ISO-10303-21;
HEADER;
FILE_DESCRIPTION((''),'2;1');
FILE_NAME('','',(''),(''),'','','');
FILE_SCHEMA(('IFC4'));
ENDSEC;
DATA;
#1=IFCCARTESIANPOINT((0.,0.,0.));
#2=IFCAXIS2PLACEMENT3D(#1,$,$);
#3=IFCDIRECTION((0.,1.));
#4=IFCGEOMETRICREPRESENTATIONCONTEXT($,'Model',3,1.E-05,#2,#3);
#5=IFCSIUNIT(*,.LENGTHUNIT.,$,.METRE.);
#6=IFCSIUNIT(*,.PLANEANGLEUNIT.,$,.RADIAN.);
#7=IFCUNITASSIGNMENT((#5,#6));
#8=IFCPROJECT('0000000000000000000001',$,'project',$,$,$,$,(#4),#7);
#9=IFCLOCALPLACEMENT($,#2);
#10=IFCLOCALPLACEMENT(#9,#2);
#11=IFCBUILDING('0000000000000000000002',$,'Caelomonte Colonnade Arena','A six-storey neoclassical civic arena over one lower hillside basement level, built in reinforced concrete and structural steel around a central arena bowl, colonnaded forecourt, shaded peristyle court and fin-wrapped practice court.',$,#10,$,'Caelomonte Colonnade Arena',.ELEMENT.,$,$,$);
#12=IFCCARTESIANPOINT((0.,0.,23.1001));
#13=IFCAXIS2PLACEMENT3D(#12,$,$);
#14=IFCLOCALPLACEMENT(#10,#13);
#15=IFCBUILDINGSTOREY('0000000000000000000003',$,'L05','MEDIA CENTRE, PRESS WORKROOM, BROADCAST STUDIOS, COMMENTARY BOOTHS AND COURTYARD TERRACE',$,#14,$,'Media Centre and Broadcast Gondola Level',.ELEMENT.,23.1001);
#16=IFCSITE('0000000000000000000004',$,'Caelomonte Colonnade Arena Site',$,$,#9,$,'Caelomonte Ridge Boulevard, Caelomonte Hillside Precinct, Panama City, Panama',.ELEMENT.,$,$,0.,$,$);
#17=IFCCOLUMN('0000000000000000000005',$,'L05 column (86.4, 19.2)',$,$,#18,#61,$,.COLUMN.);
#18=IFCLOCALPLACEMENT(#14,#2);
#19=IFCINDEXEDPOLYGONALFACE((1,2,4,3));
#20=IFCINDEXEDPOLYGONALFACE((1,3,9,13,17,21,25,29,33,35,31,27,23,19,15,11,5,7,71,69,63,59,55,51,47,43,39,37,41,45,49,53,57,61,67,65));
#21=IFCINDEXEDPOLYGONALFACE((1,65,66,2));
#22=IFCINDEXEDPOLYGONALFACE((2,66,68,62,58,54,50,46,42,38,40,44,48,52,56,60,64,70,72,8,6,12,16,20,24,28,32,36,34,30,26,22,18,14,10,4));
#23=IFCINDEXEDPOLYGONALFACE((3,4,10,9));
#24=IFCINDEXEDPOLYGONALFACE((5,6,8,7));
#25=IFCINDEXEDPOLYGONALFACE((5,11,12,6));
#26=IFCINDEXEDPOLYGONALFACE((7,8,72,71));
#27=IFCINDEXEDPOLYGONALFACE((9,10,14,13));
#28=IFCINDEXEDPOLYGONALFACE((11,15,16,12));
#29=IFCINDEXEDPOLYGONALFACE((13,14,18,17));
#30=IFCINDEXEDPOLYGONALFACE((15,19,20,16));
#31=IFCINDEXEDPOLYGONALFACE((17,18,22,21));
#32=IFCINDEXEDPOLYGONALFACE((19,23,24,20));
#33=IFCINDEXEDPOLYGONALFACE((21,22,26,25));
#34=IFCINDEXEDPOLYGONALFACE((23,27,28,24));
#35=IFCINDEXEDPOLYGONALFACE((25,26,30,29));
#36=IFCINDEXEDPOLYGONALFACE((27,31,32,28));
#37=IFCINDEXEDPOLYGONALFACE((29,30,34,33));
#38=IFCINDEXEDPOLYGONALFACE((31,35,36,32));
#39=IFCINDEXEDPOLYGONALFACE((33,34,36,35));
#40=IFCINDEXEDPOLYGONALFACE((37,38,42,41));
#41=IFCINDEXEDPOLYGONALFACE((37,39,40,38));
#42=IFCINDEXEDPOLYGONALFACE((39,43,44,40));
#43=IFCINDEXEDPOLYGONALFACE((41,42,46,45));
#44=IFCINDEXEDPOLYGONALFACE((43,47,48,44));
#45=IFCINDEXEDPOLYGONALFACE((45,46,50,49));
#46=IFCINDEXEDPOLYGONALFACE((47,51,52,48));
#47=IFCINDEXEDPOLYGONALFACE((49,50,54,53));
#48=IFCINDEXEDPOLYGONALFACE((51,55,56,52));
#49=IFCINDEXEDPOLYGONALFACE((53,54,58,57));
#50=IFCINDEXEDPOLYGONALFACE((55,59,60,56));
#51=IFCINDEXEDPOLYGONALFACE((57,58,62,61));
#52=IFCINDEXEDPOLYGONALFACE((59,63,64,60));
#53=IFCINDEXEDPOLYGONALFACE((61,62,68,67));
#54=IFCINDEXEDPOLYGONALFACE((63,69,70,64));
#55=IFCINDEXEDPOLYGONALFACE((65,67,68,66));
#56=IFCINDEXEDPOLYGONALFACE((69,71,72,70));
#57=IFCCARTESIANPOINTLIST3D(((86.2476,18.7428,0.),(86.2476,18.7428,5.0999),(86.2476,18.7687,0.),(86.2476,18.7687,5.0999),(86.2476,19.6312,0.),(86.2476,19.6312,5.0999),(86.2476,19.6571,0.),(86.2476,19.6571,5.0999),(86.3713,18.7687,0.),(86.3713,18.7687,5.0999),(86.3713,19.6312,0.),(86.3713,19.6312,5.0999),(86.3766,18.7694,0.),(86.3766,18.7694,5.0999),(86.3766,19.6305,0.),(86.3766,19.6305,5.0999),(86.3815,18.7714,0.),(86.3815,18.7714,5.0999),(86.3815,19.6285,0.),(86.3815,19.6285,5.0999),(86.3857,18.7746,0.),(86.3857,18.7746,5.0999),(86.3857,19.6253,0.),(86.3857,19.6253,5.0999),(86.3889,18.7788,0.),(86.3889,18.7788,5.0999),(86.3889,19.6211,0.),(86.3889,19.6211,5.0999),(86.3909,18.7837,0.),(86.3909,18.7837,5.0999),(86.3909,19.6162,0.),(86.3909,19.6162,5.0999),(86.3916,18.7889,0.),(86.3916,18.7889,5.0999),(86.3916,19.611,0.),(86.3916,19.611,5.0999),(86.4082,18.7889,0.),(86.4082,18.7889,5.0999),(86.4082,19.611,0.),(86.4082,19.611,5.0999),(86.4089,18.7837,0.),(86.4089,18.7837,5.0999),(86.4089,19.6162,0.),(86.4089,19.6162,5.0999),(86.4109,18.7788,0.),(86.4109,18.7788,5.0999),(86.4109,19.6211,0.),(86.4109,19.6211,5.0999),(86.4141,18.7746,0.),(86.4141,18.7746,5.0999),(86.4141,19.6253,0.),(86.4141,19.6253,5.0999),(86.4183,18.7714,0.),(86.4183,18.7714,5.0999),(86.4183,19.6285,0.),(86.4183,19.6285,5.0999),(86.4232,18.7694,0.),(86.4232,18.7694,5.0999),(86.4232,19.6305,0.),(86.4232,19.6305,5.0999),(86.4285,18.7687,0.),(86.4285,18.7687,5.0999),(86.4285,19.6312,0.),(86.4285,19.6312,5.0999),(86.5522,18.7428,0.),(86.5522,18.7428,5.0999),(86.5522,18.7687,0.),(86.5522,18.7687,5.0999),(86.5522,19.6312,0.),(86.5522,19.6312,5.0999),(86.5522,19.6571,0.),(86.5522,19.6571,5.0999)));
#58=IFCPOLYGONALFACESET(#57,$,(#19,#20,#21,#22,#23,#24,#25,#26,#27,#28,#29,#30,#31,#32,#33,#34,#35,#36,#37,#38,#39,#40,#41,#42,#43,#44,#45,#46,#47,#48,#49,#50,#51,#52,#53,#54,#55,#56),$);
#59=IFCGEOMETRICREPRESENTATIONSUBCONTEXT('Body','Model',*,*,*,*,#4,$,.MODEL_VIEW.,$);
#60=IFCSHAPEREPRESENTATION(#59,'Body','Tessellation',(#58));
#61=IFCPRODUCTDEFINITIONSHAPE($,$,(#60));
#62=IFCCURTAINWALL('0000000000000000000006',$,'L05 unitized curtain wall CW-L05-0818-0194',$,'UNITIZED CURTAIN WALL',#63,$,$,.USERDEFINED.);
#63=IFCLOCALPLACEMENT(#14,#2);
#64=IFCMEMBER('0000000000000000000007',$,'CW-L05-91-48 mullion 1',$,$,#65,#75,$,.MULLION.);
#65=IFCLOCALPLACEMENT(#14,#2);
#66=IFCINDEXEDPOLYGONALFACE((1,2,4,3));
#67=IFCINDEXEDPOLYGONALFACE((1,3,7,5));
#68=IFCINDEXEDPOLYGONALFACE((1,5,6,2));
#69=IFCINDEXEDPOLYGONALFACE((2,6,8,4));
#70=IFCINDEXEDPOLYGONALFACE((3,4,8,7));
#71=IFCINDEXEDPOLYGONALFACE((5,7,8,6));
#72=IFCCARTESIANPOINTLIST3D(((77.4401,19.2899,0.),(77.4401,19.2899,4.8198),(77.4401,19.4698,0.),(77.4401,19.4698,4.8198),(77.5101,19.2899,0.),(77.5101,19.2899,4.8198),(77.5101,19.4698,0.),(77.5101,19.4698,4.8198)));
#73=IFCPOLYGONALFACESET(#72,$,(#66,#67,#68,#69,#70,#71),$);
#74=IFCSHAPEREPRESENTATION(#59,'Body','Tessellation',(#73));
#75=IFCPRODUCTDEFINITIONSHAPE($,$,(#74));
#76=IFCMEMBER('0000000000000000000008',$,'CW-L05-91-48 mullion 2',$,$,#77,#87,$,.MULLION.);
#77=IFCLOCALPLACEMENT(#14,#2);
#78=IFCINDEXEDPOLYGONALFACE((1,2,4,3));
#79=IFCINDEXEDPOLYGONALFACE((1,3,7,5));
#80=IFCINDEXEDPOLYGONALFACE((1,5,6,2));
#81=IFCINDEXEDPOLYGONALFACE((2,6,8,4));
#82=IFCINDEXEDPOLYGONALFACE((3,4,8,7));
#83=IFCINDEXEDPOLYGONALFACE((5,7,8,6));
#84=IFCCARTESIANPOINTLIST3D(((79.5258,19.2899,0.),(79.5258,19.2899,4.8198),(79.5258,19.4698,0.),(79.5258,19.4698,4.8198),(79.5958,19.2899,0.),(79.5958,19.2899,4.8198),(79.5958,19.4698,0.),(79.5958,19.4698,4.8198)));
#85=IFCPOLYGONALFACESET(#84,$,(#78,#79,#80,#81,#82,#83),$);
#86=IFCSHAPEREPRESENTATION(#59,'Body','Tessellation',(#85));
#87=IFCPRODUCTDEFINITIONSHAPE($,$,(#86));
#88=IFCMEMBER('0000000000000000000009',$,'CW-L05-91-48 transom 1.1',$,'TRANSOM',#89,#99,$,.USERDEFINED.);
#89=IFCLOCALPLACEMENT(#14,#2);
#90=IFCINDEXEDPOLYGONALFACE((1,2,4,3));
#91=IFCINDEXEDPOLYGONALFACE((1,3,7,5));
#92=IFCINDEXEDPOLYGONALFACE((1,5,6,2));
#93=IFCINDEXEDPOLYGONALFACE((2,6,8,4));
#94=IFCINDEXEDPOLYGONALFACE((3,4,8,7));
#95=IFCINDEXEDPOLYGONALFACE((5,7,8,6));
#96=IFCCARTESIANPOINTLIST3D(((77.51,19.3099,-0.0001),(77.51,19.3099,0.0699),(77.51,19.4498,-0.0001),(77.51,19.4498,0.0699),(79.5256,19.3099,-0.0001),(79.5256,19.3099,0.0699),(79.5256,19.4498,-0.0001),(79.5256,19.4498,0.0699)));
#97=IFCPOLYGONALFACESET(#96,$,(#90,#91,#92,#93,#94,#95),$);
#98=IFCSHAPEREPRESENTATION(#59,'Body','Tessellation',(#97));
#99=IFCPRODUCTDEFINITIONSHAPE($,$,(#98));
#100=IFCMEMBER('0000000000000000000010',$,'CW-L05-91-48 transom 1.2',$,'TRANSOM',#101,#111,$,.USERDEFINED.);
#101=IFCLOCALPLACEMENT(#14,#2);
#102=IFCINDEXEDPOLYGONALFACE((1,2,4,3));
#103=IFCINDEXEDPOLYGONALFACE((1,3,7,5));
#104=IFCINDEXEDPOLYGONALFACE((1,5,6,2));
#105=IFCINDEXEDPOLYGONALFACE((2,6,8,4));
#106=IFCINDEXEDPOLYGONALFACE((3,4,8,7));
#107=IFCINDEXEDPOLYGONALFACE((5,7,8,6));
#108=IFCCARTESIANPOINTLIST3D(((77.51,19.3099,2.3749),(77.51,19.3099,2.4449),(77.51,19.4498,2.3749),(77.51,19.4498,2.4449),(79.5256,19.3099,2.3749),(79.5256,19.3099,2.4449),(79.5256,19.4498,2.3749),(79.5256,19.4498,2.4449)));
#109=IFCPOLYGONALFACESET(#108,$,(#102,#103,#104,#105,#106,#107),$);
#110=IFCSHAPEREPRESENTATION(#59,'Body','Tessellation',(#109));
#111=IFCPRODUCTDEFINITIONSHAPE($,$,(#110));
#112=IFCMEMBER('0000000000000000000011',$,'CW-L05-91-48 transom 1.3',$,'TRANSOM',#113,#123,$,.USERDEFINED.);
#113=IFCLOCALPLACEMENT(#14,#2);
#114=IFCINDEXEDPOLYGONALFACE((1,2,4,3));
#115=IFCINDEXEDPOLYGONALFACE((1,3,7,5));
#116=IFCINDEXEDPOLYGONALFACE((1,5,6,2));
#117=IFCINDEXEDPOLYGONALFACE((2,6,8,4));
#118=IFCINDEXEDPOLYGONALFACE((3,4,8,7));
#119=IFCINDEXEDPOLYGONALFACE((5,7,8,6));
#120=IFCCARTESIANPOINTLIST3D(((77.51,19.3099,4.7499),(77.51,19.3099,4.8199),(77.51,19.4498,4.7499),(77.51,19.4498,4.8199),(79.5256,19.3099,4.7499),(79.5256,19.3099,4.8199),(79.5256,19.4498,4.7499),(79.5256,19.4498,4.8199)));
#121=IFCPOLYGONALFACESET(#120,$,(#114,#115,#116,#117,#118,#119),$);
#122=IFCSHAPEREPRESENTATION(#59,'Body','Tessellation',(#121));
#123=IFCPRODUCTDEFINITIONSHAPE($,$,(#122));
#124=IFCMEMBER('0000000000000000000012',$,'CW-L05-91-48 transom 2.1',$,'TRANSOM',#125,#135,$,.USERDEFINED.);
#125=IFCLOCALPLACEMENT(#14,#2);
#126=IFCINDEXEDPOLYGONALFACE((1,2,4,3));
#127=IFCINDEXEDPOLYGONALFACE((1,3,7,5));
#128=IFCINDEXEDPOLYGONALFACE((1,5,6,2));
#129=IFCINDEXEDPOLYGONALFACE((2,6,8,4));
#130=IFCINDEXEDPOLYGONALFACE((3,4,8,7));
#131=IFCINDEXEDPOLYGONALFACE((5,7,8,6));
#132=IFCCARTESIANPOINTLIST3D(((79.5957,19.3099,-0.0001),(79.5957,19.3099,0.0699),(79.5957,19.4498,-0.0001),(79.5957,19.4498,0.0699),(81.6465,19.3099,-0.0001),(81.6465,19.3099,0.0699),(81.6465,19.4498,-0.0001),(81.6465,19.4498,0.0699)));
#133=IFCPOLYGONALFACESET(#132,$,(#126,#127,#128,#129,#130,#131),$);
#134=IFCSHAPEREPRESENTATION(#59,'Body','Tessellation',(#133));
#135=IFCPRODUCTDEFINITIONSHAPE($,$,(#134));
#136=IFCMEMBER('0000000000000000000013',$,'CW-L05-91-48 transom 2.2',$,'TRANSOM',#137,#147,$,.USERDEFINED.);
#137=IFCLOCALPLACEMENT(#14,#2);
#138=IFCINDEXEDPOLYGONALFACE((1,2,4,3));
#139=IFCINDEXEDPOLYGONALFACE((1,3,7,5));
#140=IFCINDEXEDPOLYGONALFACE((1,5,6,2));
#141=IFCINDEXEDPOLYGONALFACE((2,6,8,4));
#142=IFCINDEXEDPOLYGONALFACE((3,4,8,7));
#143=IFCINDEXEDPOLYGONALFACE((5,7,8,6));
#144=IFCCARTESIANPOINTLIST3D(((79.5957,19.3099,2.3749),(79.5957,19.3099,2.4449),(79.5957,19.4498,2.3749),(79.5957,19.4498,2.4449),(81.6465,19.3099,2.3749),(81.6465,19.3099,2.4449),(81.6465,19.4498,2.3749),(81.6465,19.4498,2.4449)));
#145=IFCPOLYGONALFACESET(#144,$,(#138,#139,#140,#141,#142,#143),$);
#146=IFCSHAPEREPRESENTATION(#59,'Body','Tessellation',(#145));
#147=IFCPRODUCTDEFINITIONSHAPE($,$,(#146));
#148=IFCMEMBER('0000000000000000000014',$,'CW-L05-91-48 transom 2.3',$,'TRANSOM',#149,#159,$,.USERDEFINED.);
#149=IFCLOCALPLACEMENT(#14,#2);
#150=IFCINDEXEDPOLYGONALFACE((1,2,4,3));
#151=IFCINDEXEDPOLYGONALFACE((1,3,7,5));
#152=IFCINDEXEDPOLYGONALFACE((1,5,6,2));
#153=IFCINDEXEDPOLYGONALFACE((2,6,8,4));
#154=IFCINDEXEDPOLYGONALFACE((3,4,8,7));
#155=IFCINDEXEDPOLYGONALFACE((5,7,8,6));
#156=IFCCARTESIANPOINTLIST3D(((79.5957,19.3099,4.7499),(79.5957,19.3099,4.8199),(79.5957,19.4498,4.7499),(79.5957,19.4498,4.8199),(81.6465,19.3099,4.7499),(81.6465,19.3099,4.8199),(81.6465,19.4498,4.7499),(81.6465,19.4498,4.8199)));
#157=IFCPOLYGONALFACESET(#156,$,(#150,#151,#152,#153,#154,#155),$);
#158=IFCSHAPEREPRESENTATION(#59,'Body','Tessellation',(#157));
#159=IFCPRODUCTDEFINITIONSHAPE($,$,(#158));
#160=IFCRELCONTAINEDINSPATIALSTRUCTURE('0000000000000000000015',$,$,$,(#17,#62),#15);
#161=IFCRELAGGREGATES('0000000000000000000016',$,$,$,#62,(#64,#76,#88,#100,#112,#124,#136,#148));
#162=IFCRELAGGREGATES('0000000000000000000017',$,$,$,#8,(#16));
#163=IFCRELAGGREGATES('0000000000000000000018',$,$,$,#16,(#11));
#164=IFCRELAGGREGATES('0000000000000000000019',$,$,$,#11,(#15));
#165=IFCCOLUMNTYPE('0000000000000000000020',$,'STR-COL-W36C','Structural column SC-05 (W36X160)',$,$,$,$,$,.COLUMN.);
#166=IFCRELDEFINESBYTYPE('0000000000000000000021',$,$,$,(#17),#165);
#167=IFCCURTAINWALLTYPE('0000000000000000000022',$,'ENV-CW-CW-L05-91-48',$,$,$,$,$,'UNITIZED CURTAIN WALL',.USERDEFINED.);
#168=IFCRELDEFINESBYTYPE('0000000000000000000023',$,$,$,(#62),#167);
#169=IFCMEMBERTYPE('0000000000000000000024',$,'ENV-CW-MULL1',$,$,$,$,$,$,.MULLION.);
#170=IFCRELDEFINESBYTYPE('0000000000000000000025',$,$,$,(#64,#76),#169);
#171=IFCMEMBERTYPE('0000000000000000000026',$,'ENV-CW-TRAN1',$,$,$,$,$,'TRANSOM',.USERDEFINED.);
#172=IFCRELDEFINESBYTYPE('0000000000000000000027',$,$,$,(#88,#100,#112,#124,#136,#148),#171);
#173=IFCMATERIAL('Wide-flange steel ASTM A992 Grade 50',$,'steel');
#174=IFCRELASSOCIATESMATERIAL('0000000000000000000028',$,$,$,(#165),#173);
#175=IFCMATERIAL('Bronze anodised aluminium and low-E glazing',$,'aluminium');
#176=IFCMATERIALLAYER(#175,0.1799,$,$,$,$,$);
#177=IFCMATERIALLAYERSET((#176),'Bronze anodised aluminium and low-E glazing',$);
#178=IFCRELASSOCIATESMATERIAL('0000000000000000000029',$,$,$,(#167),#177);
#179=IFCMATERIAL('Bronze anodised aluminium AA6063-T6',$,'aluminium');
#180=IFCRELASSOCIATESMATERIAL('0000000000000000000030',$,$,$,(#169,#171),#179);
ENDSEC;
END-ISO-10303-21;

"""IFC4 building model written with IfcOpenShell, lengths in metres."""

from ifc_helpers import new_model, si_unit, direction, frame, origin, origin_2d, place, context, subcontext, project, spatial, rectangle, i_section, extrude, material, layer, layer_set, material_profile, profile_set, type_object, element, aggregate, save


model = new_model("IFC4")

# Units and contexts
model_context = context("Model", 3, precision=1e-05, world=origin(), true_north=direction((0.0, 1.0)))
body_context = subcontext(model_context, "Body", "Model", "MODEL_VIEW")
ifc_project = project(units=[si_unit("LENGTHUNIT", "METRE"), si_unit("PLANEANGLEUNIT", "RADIAN")], contexts=[model_context])

# Site, building, storey
site_placement = place(None, origin())
site = spatial("IfcSite", under=ifc_project, at=site_placement, Name="Caelomonte Colonnade Arena Site", LongName="Caelomonte Ridge Boulevard, Caelomonte Hillside Precinct, Panama City, Panama", CompositionType="ELEMENT", RefElevation=0.0)
building_placement = place(site_placement, origin())
building = spatial("IfcBuilding", under=site, at=building_placement, Name="Caelomonte Colonnade Arena", Description="A six-storey neoclassical civic arena over one lower hillside basement level, built in reinforced concrete and structural steel around a central arena bowl, colonnaded forecourt, shaded peristyle court and fin-wrapped practice court.", LongName="Caelomonte Colonnade Arena", CompositionType="ELEMENT")
storey_placement = place(building_placement, frame((0.0, 0.0, 23.1001)))
storey = spatial("IfcBuildingStorey", under=building, at=storey_placement, Name="L05", Description="MEDIA CENTRE, PRESS WORKROOM, BROADCAST STUDIOS, COMMENTARY BOOTHS AND COURTYARD TERRACE", LongName="Media Centre and Broadcast Gondola Level", CompositionType="ELEMENT", Elevation=23.1001)

# Column
ifc_material_1 = material(Name="Wide-flange steel ASTM A992 Grade 50", Category="steel")
ifc_material_profile_1 = material_profile(ifc_material_1, i_section(OverallWidth=0.3047, OverallDepth=0.9143, WebThickness=0.0166, FlangeThickness=0.0259, FilletRadius=0.0203, at=origin_2d()), Name="W36X160")
ifc_profile_set_1 = profile_set([ifc_material_profile_1], Name="Wide-flange steel ASTM A992 Grade 50")
column_type = type_object("IfcColumnType", Name="STR-COL-W36C", Description="Structural column SC-05 (W36X160)", PredefinedType="COLUMN", material=ifc_profile_set_1)
column_placement = place(storey_placement, frame((86.3999, 19.2, 0.0), z_axis=(0.0, 0.0, 1.0), x_axis=(1.0, 0.0, 0.0)))
element("IfcColumn", 1, at=column_placement, inside=storey, type_object=column_type, Name="L05 column (86.4, 19.2)", PredefinedType="COLUMN", context=body_context, shape_type="SweptSolid", body=[
    extrude(i_section(OverallWidth=0.3047, OverallDepth=0.9143, WebThickness=0.0166, FlangeThickness=0.0259, FilletRadius=0.0203, at=origin_2d()), origin(), (0.0, 0.0, 1.0), 5.0999),
])

# Curtain wall, members
ifc_material_2 = material(Name="Bronze anodised aluminium and low-E glazing", Category="aluminium")
ifc_layer_1 = layer(ifc_material_2, 0.1799)
ifc_layer_set_1 = layer_set([ifc_layer_1], Name="Bronze anodised aluminium and low-E glazing")
curtain_wall_type = type_object("IfcCurtainWallType", Name="ENV-CW-CW-L05-91-48", ElementType="UNITIZED CURTAIN WALL", PredefinedType="USERDEFINED", material=ifc_layer_set_1)
curtain_wall_placement = place(storey_placement, origin())
curtain_wall = element("IfcCurtainWall", 2, at=curtain_wall_placement, inside=storey, type_object=curtain_wall_type, Name="L05 unitized curtain wall CW-L05-0818-0194", ObjectType="UNITIZED CURTAIN WALL", PredefinedType="USERDEFINED")
ifc_material_3 = material(Name="Bronze anodised aluminium AA6063-T6", Category="aluminium")
ifc_material_profile_2 = material_profile(ifc_material_3, rectangle(XDim=0.0701, YDim=0.1799, at=origin_2d()), Name="CWM-70X180")
ifc_profile_set_2 = profile_set([ifc_material_profile_2], Name="Bronze anodised aluminium AA6063-T6")
member_type_1 = type_object("IfcMemberType", Name="ENV-CW-MULL1", PredefinedType="MULLION", material=ifc_profile_set_2)
member_1_placement = place(storey_placement, frame((77.4751, 19.3799, 0.0), z_axis=(0.0, 0.0, 1.0), x_axis=(1.0, 0.0, 0.0)))
member_1 = element("IfcMember", 3, at=member_1_placement, type_object=member_type_1, Name="CW-L05-91-48 mullion 1", PredefinedType="MULLION", context=body_context, shape_type="SweptSolid", body=[
    extrude(rectangle(XDim=0.0701, YDim=0.1799, at=origin_2d()), origin(), (0.0, 0.0, 1.0), 4.8198),
])
member_2_placement = place(storey_placement, frame((79.5608, 19.3799, 0.0), z_axis=(0.0, 0.0, 1.0), x_axis=(1.0, 0.0, 0.0)))
member_2 = element("IfcMember", 4, at=member_2_placement, type_object=member_type_1, Name="CW-L05-91-48 mullion 2", PredefinedType="MULLION", context=body_context, shape_type="SweptSolid", body=[
    extrude(rectangle(XDim=0.0701, YDim=0.1799, at=origin_2d()), origin(), (0.0, 0.0, 1.0), 4.8198),
])
ifc_material_profile_3 = material_profile(ifc_material_3, rectangle(XDim=0.0701, YDim=0.1399, at=origin_2d()), Name="CWT-70X140")
ifc_profile_set_3 = profile_set([ifc_material_profile_3], Name="Bronze anodised aluminium AA6063-T6")
member_type_2 = type_object("IfcMemberType", Name="ENV-CW-TRAN1", ElementType="TRANSOM", PredefinedType="USERDEFINED", material=ifc_profile_set_3)
member_3_placement = place(storey_placement, frame((77.51, 19.3799, 0.0349), z_axis=(1.0, 0.0, 0.0), x_axis=(0.0, 0.0, 1.0)))
member_3 = element("IfcMember", 5, at=member_3_placement, type_object=member_type_2, Name="CW-L05-91-48 transom 1.1", ObjectType="TRANSOM", PredefinedType="USERDEFINED", context=body_context, shape_type="SweptSolid", body=[
    extrude(rectangle(XDim=0.0701, YDim=0.1399, at=origin_2d()), origin(), (0.0, 0.0, 1.0), 2.0156),
])
member_4_placement = place(storey_placement, frame((77.51, 19.3799, 2.4099), z_axis=(1.0, 0.0, 0.0), x_axis=(0.0, 0.0, 1.0)))
member_4 = element("IfcMember", 6, at=member_4_placement, type_object=member_type_2, Name="CW-L05-91-48 transom 1.2", ObjectType="TRANSOM", PredefinedType="USERDEFINED", context=body_context, shape_type="SweptSolid", body=[
    extrude(rectangle(XDim=0.0701, YDim=0.1399, at=origin_2d()), origin(), (0.0, 0.0, 1.0), 2.0156),
])
member_5_placement = place(storey_placement, frame((77.51, 19.3799, 4.7849), z_axis=(1.0, 0.0, 0.0), x_axis=(0.0, 0.0, 1.0)))
member_5 = element("IfcMember", 7, at=member_5_placement, type_object=member_type_2, Name="CW-L05-91-48 transom 1.3", ObjectType="TRANSOM", PredefinedType="USERDEFINED", context=body_context, shape_type="SweptSolid", body=[
    extrude(rectangle(XDim=0.0701, YDim=0.1399, at=origin_2d()), origin(), (0.0, 0.0, 1.0), 2.0156),
])
member_6_placement = place(storey_placement, frame((79.5957, 19.3799, 0.0349), z_axis=(1.0, 0.0, 0.0), x_axis=(0.0, 0.0, 1.0)))
member_6 = element("IfcMember", 8, at=member_6_placement, type_object=member_type_2, Name="CW-L05-91-48 transom 2.1", ObjectType="TRANSOM", PredefinedType="USERDEFINED", context=body_context, shape_type="SweptSolid", body=[
    extrude(rectangle(XDim=0.0701, YDim=0.1399, at=origin_2d()), origin(), (0.0, 0.0, 1.0), 2.0508),
])
member_7_placement = place(storey_placement, frame((79.5957, 19.3799, 2.4099), z_axis=(1.0, 0.0, 0.0), x_axis=(0.0, 0.0, 1.0)))
member_7 = element("IfcMember", 9, at=member_7_placement, type_object=member_type_2, Name="CW-L05-91-48 transom 2.2", ObjectType="TRANSOM", PredefinedType="USERDEFINED", context=body_context, shape_type="SweptSolid", body=[
    extrude(rectangle(XDim=0.0701, YDim=0.1399, at=origin_2d()), origin(), (0.0, 0.0, 1.0), 2.0508),
])
member_8_placement = place(storey_placement, frame((79.5957, 19.3799, 4.7849), z_axis=(1.0, 0.0, 0.0), x_axis=(0.0, 0.0, 1.0)))
member_8 = element("IfcMember", 10, at=member_8_placement, type_object=member_type_2, Name="CW-L05-91-48 transom 2.3", ObjectType="TRANSOM", PredefinedType="USERDEFINED", context=body_context, shape_type="SweptSolid", body=[
    extrude(rectangle(XDim=0.0701, YDim=0.1399, at=origin_2d()), origin(), (0.0, 0.0, 1.0), 2.0508),
])

aggregate(curtain_wall, [member_1, member_2, member_3, member_4, member_5, member_6, member_7, member_8])

save(model, "model.ifc")
